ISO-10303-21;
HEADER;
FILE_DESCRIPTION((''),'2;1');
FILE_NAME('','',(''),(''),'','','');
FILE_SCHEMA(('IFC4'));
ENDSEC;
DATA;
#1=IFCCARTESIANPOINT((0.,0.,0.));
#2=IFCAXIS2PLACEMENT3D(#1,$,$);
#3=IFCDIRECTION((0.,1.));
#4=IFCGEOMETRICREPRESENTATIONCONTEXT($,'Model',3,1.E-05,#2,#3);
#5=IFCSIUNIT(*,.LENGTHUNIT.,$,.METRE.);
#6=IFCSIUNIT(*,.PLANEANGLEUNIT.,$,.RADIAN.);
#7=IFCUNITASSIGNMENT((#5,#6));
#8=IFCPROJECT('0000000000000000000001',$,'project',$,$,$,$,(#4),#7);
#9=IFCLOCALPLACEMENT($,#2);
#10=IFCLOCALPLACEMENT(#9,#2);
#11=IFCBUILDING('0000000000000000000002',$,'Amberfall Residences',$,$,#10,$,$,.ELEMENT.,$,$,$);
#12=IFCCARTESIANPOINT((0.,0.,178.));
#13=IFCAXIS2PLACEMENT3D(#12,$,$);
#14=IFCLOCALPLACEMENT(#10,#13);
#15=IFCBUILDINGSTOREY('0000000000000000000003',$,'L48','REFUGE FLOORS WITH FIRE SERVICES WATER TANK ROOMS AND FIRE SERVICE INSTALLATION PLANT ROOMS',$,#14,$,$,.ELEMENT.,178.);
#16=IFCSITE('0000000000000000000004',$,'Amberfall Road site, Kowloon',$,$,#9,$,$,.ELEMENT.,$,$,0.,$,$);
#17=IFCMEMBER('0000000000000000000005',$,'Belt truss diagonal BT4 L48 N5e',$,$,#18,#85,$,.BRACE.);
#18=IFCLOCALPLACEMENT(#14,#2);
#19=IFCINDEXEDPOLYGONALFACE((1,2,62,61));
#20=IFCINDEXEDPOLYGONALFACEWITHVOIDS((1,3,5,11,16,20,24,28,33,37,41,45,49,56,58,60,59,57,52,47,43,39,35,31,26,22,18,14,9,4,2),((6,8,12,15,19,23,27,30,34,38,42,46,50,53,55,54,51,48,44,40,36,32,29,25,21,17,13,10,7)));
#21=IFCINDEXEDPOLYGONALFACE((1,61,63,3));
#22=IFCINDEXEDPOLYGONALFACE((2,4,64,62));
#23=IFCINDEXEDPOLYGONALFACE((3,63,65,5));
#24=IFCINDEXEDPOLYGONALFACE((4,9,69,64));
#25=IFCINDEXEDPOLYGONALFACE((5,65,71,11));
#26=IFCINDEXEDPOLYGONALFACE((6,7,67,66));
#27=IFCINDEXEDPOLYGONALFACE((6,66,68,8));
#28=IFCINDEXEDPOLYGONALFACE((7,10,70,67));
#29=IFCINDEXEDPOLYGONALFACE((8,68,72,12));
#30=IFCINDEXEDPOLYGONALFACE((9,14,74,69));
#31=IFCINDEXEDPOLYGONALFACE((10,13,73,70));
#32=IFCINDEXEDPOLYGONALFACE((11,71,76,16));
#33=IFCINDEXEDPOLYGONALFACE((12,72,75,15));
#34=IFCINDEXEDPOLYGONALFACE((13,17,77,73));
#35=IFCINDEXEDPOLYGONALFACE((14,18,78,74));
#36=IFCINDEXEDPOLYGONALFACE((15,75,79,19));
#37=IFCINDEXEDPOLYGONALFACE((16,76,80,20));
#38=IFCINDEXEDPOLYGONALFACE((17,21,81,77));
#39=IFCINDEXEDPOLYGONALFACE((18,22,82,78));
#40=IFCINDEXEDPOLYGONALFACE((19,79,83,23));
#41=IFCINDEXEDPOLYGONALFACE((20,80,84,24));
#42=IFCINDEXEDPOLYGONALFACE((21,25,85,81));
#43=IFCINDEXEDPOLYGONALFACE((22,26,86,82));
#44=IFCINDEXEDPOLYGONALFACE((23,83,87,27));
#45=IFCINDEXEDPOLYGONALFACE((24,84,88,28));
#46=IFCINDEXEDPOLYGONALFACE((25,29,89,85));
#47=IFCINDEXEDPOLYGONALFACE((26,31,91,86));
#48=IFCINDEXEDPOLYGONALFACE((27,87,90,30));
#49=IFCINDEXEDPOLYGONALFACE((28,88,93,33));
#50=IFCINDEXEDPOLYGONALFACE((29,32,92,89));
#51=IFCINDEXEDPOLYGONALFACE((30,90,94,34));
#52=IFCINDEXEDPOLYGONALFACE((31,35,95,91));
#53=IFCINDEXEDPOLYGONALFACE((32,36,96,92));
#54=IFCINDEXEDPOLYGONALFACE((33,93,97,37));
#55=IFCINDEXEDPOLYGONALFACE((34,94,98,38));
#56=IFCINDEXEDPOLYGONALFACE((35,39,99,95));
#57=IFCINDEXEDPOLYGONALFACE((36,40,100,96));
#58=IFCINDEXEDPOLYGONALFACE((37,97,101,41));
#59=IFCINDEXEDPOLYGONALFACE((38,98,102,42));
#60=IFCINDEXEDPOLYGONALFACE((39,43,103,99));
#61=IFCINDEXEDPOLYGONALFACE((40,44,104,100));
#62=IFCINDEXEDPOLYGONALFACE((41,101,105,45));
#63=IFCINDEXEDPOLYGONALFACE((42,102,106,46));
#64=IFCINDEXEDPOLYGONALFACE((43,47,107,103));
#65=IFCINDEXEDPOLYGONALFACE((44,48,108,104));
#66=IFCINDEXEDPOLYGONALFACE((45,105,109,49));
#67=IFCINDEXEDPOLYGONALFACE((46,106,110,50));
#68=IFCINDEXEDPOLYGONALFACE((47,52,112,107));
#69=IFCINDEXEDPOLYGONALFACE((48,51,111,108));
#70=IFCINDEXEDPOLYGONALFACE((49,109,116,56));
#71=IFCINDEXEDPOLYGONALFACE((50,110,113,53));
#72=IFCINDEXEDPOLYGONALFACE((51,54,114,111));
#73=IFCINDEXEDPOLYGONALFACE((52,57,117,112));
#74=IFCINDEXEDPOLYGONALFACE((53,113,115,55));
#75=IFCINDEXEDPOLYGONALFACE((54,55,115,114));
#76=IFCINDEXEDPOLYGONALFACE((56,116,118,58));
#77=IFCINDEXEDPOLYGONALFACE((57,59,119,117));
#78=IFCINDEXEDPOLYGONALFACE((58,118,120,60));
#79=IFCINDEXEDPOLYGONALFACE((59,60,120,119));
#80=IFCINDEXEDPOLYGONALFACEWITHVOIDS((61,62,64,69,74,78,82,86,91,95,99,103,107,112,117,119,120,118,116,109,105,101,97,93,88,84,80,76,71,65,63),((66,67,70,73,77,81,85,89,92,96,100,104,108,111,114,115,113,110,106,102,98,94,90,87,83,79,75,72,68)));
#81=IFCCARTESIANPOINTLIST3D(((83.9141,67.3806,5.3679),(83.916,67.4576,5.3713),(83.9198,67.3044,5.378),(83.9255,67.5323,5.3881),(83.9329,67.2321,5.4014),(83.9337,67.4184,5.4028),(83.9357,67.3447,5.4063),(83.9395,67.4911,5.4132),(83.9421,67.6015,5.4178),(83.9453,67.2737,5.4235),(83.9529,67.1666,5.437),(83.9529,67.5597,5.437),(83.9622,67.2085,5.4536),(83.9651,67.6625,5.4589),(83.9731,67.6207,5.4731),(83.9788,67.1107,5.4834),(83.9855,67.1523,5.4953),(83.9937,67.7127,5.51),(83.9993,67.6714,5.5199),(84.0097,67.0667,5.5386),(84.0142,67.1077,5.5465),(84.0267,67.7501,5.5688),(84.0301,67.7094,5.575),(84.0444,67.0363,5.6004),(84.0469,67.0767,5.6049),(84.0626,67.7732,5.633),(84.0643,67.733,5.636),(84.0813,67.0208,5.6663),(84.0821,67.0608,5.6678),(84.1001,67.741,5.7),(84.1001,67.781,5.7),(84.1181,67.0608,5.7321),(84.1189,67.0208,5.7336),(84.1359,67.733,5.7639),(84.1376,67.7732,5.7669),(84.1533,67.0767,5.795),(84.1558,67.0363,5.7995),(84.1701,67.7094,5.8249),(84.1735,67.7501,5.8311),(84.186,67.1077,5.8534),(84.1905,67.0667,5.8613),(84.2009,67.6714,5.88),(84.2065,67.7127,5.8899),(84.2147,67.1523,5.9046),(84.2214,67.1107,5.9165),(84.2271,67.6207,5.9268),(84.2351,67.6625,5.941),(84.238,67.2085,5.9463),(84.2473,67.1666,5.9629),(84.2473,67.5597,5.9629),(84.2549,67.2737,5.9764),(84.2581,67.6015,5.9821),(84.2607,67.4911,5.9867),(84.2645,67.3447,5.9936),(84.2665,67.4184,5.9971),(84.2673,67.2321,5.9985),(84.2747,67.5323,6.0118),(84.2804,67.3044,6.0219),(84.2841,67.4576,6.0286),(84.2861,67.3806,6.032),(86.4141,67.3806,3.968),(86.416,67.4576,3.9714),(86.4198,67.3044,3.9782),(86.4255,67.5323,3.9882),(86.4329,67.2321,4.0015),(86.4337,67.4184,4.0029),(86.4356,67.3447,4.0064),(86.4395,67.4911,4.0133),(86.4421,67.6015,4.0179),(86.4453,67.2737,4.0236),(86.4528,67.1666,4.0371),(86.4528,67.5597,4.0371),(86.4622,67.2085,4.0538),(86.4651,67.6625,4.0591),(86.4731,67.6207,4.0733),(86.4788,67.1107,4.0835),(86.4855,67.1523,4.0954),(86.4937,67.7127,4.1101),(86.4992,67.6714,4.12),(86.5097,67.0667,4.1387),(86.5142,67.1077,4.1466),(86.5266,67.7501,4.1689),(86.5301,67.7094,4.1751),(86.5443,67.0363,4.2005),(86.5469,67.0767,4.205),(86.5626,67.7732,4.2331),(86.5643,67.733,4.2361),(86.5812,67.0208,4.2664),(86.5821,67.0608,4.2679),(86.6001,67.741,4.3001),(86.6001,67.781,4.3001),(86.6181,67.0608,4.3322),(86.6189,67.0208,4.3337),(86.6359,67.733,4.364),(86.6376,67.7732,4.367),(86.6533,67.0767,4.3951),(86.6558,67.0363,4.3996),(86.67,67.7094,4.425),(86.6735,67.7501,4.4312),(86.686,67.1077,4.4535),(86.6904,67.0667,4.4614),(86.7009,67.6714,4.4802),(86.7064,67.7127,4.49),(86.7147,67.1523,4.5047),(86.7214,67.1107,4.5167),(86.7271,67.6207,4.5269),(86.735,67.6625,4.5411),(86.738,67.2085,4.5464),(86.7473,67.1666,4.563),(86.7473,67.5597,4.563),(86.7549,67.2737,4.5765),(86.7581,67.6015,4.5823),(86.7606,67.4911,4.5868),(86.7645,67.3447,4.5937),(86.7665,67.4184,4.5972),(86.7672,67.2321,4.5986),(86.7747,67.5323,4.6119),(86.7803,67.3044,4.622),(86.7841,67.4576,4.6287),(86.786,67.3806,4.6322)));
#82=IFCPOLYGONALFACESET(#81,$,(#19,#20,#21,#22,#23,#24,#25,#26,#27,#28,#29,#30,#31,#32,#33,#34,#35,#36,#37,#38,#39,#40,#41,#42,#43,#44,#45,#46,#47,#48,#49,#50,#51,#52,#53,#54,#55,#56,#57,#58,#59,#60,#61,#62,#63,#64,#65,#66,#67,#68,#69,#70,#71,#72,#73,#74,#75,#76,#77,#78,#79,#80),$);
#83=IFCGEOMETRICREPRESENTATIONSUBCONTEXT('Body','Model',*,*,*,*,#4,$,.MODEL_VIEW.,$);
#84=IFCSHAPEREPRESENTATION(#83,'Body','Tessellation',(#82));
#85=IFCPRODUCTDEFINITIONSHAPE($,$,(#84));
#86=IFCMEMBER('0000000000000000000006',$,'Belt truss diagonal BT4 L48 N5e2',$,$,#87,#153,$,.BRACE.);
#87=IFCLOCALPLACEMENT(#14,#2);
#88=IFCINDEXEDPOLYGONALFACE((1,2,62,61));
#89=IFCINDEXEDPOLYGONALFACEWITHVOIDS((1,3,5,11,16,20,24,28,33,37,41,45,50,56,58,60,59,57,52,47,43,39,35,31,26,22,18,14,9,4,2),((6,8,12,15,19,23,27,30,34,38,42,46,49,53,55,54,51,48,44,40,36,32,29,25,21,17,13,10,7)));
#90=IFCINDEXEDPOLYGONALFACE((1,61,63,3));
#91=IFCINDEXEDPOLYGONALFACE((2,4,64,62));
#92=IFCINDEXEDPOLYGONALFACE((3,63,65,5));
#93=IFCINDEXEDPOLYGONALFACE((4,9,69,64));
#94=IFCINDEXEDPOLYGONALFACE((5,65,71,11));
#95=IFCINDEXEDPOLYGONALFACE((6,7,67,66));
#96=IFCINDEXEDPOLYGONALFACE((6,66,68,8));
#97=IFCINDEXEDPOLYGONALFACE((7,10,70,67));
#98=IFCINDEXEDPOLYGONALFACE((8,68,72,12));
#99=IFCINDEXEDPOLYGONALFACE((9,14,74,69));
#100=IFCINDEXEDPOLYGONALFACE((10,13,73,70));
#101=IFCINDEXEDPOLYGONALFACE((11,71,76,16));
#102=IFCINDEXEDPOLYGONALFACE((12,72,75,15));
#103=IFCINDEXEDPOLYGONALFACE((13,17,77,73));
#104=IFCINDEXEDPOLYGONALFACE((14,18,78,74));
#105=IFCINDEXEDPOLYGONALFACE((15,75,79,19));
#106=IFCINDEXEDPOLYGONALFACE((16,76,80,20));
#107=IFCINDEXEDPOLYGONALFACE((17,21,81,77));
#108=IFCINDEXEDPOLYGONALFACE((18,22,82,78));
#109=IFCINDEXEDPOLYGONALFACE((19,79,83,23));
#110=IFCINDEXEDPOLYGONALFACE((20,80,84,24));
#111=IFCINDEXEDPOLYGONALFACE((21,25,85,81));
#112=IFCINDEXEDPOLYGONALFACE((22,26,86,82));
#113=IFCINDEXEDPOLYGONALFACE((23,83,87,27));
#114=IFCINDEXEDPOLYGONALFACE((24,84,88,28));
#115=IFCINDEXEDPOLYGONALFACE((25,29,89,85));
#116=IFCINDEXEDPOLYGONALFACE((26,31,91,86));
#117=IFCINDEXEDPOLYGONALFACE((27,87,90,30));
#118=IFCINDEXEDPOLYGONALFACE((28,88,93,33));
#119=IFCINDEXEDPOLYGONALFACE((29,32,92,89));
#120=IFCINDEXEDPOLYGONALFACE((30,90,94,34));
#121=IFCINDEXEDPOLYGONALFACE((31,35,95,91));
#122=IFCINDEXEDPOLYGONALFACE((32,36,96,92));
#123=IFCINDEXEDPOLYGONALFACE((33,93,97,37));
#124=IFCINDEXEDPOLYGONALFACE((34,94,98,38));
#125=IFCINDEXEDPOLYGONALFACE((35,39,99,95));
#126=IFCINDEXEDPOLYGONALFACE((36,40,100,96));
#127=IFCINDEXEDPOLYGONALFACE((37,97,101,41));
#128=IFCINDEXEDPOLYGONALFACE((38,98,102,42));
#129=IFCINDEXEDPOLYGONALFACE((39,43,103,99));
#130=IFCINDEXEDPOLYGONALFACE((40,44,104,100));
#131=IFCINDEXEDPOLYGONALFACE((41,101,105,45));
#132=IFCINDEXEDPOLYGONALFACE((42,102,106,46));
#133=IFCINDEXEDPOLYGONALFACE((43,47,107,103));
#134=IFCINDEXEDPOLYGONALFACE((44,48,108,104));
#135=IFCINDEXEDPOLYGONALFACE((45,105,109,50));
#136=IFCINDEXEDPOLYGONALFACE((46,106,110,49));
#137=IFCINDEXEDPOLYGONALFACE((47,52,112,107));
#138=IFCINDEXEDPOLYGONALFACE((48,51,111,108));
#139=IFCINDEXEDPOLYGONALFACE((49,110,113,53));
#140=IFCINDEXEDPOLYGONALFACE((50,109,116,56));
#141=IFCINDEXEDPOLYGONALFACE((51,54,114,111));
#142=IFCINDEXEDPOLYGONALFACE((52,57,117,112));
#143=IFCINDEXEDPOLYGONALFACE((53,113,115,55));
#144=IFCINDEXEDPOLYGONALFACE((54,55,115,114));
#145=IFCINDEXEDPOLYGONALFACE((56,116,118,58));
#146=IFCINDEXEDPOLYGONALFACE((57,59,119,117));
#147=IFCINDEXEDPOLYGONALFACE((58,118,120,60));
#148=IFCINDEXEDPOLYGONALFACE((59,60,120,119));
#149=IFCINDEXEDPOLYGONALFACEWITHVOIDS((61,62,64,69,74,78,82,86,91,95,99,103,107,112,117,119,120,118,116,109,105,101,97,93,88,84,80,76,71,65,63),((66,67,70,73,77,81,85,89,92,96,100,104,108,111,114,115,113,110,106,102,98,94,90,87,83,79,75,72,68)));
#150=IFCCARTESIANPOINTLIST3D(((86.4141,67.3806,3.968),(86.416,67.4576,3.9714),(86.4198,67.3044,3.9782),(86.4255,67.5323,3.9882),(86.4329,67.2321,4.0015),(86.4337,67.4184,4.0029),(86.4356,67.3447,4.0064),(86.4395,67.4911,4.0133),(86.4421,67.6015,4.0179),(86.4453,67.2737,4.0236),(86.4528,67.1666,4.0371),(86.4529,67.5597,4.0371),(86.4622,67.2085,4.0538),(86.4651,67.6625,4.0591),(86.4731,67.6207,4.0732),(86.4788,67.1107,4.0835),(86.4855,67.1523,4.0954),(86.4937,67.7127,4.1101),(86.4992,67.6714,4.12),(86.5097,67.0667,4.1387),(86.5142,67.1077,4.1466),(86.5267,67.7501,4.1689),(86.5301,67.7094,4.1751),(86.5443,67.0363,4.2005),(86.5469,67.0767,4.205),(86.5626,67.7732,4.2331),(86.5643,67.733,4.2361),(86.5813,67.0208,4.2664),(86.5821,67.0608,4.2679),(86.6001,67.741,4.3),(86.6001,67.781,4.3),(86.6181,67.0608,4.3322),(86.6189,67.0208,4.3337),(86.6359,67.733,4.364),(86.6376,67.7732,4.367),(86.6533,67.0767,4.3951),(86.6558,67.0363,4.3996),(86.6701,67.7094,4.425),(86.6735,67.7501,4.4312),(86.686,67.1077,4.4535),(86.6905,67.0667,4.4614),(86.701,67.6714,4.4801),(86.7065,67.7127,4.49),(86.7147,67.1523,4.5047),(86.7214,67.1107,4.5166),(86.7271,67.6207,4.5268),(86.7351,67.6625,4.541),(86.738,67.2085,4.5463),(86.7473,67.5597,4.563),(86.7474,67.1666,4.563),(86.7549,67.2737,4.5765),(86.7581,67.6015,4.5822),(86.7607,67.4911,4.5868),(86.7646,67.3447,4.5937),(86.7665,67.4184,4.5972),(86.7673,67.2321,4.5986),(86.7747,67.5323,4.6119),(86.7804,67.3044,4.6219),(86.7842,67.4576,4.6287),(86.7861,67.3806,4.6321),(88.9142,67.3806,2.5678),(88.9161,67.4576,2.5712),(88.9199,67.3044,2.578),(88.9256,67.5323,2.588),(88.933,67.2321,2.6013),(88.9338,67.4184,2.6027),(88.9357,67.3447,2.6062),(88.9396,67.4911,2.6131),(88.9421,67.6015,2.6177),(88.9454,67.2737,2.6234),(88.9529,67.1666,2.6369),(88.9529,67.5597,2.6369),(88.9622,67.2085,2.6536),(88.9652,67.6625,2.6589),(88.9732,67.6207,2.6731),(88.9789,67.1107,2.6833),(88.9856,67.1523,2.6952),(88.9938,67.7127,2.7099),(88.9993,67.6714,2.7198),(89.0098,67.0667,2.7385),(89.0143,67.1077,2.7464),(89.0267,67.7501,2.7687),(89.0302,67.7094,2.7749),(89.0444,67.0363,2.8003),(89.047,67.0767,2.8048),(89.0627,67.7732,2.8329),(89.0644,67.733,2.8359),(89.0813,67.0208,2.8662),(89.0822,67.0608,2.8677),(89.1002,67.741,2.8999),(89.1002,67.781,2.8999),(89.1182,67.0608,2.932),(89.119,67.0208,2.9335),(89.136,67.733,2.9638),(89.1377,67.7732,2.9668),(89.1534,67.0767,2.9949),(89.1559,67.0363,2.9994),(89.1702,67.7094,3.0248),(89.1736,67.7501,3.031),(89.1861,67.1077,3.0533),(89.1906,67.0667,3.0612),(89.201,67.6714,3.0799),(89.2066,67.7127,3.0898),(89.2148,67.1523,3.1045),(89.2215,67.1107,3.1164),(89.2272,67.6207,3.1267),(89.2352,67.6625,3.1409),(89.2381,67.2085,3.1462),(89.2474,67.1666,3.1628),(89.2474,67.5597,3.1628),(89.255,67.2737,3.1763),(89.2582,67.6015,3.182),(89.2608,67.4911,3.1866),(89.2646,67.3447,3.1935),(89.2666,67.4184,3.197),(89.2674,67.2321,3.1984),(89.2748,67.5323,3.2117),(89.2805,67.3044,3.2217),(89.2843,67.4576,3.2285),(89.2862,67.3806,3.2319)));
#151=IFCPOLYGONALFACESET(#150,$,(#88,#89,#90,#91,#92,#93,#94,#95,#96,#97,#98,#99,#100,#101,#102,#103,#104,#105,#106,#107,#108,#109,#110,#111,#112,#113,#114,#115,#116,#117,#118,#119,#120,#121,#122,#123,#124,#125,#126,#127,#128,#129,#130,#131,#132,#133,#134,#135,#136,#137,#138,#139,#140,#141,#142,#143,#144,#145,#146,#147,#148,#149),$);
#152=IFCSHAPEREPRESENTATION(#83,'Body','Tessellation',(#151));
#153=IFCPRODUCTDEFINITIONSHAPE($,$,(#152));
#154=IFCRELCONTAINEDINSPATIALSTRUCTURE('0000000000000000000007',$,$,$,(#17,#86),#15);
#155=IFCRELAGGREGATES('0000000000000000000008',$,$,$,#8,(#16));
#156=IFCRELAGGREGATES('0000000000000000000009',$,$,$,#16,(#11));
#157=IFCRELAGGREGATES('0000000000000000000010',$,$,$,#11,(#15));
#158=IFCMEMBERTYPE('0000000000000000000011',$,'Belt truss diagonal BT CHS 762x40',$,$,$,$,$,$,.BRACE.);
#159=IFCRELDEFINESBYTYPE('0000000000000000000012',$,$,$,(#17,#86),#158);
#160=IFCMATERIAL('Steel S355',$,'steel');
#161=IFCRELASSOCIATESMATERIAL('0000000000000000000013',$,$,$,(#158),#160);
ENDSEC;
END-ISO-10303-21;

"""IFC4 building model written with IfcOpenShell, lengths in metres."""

from ifc_helpers import new_model, si_unit, direction, frame, origin, origin_2d, place, context, subcontext, project, spatial, hollow_circle, extrude, material, material_profile, profile_set, type_object, element, save


model = new_model("IFC4")

# Units and contexts
model_context = context("Model", 3, precision=1e-05, world=origin(), true_north=direction((0.0, 1.0)))
body_context = subcontext(model_context, "Body", "Model", "MODEL_VIEW")
ifc_project = project(units=[si_unit("LENGTHUNIT", "METRE"), si_unit("PLANEANGLEUNIT", "RADIAN")], contexts=[model_context])

# Site, building, storey
site_placement = place(None, origin())
site = spatial("IfcSite", under=ifc_project, at=site_placement, Name="Amberfall Road site, Kowloon", CompositionType="ELEMENT", RefElevation=0.0)
building_placement = place(site_placement, origin())
building = spatial("IfcBuilding", under=site, at=building_placement, Name="Amberfall Residences", CompositionType="ELEMENT")
storey_placement = place(building_placement, frame((0.0, 0.0, 178.0)))
storey = spatial("IfcBuildingStorey", under=building, at=storey_placement, Name="L48", Description="REFUGE FLOORS WITH FIRE SERVICES WATER TANK ROOMS AND FIRE SERVICE INSTALLATION PLANT ROOMS", CompositionType="ELEMENT", Elevation=178.0)

# Shared definitions
ifc_material_1 = material(Name="Steel S355", Category="steel")

# Members
ifc_material_profile_1 = material_profile(ifc_material_1, hollow_circle(Radius=0.3811, WallThickness=0.04, at=origin_2d()), Name="CHS 762x40")
ifc_profile_set_1 = profile_set([ifc_material_profile_1], Name="Steel S355")
member_type = type_object("IfcMemberType", Name="Belt truss diagonal BT CHS 762x40", PredefinedType="BRACE", material=ifc_profile_set_1)
member_1_placement = place(storey_placement, frame((84.1001, 67.3999, 5.7), z_axis=(0.872521, 0.0, -0.488577), x_axis=(0.0, 1.0, 0.0)))
element("IfcMember", 1, at=member_1_placement, inside=storey, type_object=member_type, Name="Belt truss diagonal BT4 L48 N5e", PredefinedType="BRACE", context=body_context, shape_type="SweptSolid", body=[
    extrude(hollow_circle(Radius=0.3811, WallThickness=0.04, at=origin_2d()), origin(), (0.0, 0.0, 1.0), 2.8652),
])
member_2_placement = place(storey_placement, frame((86.6001, 67.3999, 4.3), z_axis=(0.872484, 0.0, -0.488642), x_axis=(0.0, 1.0, 0.0)))
element("IfcMember", 2, at=member_2_placement, inside=storey, type_object=member_type, Name="Belt truss diagonal BT4 L48 N5e2", PredefinedType="BRACE", context=body_context, shape_type="SweptSolid", body=[
    extrude(hollow_circle(Radius=0.3811, WallThickness=0.04, at=origin_2d()), origin(), (0.0, 0.0, 1.0), 2.8655),
])

save(model, "model.ifc")
